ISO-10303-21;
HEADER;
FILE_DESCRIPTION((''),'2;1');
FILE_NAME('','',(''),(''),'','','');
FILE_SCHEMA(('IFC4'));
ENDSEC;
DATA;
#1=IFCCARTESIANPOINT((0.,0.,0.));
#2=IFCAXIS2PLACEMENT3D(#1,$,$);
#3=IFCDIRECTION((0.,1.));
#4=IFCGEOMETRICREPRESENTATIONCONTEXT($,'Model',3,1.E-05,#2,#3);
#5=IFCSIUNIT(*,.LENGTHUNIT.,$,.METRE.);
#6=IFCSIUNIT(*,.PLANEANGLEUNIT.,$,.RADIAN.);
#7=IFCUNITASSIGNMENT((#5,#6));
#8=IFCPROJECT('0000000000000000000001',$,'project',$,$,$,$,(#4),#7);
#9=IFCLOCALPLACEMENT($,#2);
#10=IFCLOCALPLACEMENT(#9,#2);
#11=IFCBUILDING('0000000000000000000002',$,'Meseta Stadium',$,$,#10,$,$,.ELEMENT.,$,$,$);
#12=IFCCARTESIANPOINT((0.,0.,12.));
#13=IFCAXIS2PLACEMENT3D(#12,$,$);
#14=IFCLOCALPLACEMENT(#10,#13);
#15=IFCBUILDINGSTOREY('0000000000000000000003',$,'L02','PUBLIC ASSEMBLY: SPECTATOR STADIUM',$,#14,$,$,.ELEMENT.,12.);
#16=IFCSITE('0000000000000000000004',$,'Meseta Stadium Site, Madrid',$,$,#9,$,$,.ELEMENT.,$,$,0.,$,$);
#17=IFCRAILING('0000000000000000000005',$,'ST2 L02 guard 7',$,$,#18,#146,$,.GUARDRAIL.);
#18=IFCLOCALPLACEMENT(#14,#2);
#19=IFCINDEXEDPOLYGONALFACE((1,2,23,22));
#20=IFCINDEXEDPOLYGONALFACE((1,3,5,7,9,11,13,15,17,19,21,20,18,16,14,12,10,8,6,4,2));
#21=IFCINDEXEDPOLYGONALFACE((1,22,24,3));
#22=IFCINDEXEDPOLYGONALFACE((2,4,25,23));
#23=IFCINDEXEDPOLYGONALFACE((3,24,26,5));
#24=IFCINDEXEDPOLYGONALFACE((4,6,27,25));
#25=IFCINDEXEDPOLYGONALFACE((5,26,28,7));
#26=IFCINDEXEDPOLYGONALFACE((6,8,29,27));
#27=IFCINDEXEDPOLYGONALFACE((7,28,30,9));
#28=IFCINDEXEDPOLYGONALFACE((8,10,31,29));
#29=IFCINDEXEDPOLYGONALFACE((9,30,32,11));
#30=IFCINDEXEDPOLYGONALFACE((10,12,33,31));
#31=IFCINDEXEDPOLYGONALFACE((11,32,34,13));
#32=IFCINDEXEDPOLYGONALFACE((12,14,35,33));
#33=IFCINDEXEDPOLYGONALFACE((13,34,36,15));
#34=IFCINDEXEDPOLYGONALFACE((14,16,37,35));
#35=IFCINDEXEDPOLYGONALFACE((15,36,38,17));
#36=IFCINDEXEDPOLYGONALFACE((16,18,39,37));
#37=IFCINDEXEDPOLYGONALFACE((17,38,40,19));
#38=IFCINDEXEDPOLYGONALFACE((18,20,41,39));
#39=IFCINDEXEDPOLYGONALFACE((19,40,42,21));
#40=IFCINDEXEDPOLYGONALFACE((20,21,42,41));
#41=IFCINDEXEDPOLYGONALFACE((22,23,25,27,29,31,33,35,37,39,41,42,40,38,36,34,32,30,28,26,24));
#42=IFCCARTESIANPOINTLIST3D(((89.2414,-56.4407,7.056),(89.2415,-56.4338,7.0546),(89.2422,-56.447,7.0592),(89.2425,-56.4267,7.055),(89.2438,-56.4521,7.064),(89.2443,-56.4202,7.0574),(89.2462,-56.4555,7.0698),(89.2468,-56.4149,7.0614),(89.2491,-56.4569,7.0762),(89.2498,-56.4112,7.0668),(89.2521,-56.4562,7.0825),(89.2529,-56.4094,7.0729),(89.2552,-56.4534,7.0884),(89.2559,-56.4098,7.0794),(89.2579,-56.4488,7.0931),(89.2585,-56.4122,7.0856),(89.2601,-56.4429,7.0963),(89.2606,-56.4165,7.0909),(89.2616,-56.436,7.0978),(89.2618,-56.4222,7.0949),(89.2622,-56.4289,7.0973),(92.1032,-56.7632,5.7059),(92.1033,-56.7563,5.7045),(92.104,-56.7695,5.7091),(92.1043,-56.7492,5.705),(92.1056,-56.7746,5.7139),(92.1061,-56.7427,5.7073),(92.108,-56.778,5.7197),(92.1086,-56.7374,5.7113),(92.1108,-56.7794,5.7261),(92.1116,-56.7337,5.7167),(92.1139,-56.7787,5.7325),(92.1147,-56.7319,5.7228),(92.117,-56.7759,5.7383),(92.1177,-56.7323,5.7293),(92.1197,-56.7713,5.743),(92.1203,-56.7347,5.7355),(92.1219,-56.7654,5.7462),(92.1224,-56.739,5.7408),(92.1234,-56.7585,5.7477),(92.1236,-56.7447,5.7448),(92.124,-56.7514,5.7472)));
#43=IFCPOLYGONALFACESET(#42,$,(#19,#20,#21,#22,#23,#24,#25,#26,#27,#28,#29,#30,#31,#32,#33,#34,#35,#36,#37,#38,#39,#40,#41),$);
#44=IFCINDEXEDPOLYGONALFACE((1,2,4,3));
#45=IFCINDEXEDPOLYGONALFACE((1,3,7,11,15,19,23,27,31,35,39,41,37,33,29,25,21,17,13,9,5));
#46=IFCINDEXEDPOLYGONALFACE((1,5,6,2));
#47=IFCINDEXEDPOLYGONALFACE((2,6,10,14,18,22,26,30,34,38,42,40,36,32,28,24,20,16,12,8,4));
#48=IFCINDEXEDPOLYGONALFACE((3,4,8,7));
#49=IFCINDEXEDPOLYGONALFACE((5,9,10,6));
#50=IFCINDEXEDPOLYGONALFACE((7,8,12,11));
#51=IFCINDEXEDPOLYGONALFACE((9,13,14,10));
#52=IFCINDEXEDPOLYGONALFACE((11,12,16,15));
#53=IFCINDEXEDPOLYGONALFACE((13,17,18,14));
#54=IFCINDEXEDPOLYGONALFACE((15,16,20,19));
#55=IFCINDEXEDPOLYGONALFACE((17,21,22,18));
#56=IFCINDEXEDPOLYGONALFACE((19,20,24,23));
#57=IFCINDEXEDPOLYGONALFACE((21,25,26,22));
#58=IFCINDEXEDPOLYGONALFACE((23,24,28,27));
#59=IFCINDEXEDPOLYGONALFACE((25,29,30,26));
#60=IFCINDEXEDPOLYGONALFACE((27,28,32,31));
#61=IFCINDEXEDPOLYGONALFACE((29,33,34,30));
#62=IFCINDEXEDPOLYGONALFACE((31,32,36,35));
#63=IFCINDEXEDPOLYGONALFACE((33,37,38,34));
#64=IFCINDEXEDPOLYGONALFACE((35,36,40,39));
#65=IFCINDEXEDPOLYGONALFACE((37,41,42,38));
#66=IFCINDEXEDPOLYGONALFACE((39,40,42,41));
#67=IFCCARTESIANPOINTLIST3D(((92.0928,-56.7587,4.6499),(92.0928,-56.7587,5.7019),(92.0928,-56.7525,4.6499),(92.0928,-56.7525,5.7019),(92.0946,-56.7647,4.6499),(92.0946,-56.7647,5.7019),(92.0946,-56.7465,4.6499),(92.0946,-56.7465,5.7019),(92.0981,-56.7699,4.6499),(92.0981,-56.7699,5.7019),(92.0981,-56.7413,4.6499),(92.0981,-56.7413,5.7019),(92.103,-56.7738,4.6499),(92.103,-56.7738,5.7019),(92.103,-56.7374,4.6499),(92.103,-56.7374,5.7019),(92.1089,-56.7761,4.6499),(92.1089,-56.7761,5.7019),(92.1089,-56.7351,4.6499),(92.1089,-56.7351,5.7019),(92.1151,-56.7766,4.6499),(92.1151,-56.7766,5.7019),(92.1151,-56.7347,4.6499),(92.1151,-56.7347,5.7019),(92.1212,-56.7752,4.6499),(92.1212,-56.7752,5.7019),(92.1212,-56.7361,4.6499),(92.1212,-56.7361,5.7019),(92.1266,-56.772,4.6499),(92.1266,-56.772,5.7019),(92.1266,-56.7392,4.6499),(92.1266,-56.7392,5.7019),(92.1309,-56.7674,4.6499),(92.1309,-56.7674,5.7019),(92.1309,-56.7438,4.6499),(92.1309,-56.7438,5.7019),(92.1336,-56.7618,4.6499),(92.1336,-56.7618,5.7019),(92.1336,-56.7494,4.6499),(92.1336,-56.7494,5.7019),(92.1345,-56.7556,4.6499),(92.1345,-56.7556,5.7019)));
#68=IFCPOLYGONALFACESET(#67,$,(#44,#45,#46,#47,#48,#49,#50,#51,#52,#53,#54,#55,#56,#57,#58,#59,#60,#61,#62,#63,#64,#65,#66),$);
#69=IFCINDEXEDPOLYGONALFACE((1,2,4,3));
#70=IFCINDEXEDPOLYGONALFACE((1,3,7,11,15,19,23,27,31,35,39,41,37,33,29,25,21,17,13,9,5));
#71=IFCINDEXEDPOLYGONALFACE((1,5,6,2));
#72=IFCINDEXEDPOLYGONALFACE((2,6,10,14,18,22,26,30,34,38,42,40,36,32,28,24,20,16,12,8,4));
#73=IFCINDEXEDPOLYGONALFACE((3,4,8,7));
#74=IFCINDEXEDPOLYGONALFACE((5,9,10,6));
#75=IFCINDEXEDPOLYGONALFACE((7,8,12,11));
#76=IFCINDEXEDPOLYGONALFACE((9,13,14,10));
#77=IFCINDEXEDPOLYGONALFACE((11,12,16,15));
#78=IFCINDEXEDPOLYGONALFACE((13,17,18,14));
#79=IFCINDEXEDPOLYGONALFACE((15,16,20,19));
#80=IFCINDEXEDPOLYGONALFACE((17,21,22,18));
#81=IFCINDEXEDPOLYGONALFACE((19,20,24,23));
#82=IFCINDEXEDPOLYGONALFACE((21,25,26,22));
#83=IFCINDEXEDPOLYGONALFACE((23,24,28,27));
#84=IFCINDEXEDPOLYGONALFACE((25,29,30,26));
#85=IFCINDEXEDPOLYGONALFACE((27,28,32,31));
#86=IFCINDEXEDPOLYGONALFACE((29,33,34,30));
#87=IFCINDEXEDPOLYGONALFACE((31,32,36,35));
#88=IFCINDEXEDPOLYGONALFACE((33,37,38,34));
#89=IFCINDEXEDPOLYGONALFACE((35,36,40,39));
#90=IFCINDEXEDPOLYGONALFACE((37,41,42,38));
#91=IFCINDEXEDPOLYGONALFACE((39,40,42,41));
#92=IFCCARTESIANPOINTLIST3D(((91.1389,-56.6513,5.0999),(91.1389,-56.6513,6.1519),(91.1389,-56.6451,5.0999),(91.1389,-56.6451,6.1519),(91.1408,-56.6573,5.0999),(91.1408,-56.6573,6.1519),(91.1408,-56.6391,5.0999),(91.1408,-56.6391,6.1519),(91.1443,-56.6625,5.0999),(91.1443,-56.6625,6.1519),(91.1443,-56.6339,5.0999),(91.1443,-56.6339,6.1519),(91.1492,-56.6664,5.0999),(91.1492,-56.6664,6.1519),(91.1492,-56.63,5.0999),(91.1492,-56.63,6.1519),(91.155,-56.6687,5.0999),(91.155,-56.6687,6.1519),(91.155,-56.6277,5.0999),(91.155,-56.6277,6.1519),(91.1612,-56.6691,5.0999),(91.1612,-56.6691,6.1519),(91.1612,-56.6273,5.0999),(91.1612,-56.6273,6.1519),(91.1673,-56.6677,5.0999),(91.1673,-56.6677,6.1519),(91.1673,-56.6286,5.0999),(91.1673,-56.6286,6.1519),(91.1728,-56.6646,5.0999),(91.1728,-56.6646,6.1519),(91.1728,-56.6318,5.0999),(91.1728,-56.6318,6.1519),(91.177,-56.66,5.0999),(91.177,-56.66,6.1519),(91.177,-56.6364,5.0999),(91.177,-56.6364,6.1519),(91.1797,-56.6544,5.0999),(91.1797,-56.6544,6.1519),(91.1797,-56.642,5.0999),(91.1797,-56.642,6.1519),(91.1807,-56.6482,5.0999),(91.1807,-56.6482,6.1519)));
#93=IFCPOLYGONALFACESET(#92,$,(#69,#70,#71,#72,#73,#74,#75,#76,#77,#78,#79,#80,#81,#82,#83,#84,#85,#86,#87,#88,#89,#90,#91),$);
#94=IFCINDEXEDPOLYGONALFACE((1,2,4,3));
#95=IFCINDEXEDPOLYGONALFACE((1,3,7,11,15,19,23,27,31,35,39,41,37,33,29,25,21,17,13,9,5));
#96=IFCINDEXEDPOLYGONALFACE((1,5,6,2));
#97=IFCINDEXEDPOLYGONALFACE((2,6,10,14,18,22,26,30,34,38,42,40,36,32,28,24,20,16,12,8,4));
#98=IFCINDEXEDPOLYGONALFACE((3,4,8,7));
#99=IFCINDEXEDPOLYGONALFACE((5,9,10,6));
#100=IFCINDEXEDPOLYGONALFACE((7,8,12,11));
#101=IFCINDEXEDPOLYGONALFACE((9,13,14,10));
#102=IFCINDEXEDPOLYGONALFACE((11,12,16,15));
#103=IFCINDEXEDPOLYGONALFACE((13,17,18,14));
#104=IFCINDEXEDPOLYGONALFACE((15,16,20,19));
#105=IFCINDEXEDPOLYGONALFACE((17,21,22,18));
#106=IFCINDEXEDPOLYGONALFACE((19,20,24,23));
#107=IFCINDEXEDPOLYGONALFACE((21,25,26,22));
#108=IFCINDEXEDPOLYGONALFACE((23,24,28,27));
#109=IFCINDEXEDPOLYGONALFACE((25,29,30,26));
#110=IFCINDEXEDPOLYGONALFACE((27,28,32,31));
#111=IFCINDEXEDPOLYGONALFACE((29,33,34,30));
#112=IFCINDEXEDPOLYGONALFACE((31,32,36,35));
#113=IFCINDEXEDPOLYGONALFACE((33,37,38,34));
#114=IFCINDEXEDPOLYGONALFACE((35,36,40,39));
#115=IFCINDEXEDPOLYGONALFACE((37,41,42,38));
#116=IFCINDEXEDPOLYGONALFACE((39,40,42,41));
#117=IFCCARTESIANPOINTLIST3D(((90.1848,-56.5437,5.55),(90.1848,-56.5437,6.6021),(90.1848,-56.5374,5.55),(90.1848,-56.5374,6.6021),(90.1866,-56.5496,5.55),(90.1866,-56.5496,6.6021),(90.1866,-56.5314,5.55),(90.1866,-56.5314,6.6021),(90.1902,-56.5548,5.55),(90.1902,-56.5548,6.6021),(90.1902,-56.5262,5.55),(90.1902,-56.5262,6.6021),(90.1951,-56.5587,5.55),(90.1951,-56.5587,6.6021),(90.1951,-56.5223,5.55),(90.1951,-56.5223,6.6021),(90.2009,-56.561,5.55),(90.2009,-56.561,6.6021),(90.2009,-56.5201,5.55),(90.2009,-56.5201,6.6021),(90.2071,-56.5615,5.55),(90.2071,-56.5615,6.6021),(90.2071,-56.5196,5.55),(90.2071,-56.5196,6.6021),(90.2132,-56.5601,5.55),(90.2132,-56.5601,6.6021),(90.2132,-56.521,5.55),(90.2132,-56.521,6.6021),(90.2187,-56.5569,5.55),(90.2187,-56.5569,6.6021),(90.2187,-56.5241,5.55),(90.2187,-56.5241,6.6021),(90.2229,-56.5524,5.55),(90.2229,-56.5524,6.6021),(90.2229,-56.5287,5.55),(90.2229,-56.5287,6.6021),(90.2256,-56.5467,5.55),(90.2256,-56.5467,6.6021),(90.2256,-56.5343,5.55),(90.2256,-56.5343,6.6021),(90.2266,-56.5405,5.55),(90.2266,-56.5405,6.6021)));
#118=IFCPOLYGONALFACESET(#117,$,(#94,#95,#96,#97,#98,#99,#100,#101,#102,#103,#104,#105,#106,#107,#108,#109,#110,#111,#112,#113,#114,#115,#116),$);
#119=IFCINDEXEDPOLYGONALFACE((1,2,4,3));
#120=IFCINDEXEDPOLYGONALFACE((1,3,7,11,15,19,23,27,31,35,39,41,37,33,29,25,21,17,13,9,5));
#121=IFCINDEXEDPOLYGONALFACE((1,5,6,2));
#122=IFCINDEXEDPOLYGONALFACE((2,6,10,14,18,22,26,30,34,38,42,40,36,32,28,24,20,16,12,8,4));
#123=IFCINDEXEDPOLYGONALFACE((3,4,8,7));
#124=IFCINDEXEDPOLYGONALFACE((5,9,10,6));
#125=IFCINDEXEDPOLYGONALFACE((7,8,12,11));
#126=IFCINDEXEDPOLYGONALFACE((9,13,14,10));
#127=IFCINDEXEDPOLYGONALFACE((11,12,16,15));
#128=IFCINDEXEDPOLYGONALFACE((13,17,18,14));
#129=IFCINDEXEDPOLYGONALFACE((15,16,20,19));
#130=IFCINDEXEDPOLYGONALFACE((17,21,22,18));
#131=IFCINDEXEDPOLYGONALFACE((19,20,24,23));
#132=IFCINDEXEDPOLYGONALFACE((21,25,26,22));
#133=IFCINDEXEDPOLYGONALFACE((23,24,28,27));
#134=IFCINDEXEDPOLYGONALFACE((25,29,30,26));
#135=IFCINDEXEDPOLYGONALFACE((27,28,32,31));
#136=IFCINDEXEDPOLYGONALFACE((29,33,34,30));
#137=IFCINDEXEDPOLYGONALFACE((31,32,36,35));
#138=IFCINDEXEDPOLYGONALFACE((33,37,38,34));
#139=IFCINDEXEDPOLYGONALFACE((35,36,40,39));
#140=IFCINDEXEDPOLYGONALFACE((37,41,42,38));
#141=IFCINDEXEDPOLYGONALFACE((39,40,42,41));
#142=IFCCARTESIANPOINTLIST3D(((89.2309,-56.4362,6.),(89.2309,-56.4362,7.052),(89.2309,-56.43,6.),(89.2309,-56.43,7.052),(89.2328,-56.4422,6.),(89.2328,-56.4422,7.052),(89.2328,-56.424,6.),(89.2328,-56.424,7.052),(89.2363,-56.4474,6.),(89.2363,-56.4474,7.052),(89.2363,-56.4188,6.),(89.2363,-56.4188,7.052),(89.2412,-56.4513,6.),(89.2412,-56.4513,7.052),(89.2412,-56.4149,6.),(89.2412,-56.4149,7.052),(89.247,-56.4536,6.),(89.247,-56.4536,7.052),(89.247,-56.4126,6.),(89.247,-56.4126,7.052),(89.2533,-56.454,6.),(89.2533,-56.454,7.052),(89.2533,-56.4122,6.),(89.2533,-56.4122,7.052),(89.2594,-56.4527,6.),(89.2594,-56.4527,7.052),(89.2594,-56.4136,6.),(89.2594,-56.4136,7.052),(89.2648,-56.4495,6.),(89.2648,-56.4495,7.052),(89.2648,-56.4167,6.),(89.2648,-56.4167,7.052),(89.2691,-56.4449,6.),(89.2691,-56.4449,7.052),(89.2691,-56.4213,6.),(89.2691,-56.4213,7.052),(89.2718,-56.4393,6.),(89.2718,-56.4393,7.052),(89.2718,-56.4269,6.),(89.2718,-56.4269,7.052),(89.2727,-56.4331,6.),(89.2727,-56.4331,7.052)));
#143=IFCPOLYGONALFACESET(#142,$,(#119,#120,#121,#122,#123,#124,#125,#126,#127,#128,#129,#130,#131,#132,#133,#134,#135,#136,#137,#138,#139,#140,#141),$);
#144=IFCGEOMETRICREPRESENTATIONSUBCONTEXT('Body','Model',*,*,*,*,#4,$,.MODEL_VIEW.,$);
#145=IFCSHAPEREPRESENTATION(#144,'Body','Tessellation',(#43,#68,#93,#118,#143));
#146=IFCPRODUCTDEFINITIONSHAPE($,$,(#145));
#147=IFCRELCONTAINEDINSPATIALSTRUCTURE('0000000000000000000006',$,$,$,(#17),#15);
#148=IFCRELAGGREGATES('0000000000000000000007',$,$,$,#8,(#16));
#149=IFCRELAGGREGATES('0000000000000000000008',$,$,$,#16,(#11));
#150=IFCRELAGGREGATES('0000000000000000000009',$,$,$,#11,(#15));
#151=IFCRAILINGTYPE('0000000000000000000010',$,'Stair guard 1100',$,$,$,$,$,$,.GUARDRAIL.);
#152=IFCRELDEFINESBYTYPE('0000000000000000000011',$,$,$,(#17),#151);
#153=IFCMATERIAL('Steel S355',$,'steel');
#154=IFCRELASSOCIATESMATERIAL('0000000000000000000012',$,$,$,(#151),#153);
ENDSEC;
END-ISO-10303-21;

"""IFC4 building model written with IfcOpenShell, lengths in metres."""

from ifc_helpers import new_model, si_unit, direction, frame, origin, origin_2d, place, context, subcontext, project, spatial, circle, extrude, material, type_object, element, save


model = new_model("IFC4")

# Units and contexts
model_context = context("Model", 3, precision=1e-05, world=origin(), true_north=direction((0.0, 1.0)))
body_context = subcontext(model_context, "Body", "Model", "MODEL_VIEW")
ifc_project = project(units=[si_unit("LENGTHUNIT", "METRE"), si_unit("PLANEANGLEUNIT", "RADIAN")], contexts=[model_context])

# Site, building, storey
site_placement = place(None, origin())
site = spatial("IfcSite", under=ifc_project, at=site_placement, Name="Meseta Stadium Site, Madrid", CompositionType="ELEMENT", RefElevation=0.0)
building_placement = place(site_placement, origin())
building = spatial("IfcBuilding", under=site, at=building_placement, Name="Meseta Stadium", CompositionType="ELEMENT")
storey_placement = place(building_placement, frame((0.0, 0.0, 12.0)))
storey = spatial("IfcBuildingStorey", under=building, at=storey_placement, Name="L02", Description="PUBLIC ASSEMBLY: SPECTATOR STADIUM", CompositionType="ELEMENT", Elevation=12.0)

# Railing
ifc_material_1 = material(Name="Steel S355", Category="steel")
railing_type_1 = type_object("IfcRailingType", Name="Stair guard 1100", PredefinedType="GUARDRAIL", material=ifc_material_1)
railing_1_placement = place(storey_placement, frame((92.1135, -56.7556, 4.6499)))
element("IfcRailing", 1, at=railing_1_placement, inside=storey, type_object=railing_type_1, Name="ST2 L02 guard 7", PredefinedType="GUARDRAIL", context=body_context, shape_type="SweptSolid", body=[
    extrude(circle(Radius=0.0239, at=origin_2d()), frame((0.0, 0.0, 1.0762), z_axis=(-0.899748, 0.101396, 0.424467), x_axis=(-0.111985, -0.99371, 0.0)), (0.0, 0.0, 1.0), 3.1807),
    extrude(circle(Radius=0.021, at=origin_2d()), origin(), (0.0, 0.0, 1.0), 1.052),
    extrude(circle(Radius=0.021, at=origin_2d()), frame((-0.9539, 0.1074, 0.45)), (0.0, 0.0, 1.0), 1.052),
    extrude(circle(Radius=0.021, at=origin_2d()), frame((-1.908, 0.2151, 0.9001)), (0.0, 0.0, 1.0), 1.052),
    extrude(circle(Radius=0.021, at=origin_2d()), frame((-2.8618, 0.3225, 1.3501)), (0.0, 0.0, 1.0), 1.052),
])

save(model, "model.ifc")
